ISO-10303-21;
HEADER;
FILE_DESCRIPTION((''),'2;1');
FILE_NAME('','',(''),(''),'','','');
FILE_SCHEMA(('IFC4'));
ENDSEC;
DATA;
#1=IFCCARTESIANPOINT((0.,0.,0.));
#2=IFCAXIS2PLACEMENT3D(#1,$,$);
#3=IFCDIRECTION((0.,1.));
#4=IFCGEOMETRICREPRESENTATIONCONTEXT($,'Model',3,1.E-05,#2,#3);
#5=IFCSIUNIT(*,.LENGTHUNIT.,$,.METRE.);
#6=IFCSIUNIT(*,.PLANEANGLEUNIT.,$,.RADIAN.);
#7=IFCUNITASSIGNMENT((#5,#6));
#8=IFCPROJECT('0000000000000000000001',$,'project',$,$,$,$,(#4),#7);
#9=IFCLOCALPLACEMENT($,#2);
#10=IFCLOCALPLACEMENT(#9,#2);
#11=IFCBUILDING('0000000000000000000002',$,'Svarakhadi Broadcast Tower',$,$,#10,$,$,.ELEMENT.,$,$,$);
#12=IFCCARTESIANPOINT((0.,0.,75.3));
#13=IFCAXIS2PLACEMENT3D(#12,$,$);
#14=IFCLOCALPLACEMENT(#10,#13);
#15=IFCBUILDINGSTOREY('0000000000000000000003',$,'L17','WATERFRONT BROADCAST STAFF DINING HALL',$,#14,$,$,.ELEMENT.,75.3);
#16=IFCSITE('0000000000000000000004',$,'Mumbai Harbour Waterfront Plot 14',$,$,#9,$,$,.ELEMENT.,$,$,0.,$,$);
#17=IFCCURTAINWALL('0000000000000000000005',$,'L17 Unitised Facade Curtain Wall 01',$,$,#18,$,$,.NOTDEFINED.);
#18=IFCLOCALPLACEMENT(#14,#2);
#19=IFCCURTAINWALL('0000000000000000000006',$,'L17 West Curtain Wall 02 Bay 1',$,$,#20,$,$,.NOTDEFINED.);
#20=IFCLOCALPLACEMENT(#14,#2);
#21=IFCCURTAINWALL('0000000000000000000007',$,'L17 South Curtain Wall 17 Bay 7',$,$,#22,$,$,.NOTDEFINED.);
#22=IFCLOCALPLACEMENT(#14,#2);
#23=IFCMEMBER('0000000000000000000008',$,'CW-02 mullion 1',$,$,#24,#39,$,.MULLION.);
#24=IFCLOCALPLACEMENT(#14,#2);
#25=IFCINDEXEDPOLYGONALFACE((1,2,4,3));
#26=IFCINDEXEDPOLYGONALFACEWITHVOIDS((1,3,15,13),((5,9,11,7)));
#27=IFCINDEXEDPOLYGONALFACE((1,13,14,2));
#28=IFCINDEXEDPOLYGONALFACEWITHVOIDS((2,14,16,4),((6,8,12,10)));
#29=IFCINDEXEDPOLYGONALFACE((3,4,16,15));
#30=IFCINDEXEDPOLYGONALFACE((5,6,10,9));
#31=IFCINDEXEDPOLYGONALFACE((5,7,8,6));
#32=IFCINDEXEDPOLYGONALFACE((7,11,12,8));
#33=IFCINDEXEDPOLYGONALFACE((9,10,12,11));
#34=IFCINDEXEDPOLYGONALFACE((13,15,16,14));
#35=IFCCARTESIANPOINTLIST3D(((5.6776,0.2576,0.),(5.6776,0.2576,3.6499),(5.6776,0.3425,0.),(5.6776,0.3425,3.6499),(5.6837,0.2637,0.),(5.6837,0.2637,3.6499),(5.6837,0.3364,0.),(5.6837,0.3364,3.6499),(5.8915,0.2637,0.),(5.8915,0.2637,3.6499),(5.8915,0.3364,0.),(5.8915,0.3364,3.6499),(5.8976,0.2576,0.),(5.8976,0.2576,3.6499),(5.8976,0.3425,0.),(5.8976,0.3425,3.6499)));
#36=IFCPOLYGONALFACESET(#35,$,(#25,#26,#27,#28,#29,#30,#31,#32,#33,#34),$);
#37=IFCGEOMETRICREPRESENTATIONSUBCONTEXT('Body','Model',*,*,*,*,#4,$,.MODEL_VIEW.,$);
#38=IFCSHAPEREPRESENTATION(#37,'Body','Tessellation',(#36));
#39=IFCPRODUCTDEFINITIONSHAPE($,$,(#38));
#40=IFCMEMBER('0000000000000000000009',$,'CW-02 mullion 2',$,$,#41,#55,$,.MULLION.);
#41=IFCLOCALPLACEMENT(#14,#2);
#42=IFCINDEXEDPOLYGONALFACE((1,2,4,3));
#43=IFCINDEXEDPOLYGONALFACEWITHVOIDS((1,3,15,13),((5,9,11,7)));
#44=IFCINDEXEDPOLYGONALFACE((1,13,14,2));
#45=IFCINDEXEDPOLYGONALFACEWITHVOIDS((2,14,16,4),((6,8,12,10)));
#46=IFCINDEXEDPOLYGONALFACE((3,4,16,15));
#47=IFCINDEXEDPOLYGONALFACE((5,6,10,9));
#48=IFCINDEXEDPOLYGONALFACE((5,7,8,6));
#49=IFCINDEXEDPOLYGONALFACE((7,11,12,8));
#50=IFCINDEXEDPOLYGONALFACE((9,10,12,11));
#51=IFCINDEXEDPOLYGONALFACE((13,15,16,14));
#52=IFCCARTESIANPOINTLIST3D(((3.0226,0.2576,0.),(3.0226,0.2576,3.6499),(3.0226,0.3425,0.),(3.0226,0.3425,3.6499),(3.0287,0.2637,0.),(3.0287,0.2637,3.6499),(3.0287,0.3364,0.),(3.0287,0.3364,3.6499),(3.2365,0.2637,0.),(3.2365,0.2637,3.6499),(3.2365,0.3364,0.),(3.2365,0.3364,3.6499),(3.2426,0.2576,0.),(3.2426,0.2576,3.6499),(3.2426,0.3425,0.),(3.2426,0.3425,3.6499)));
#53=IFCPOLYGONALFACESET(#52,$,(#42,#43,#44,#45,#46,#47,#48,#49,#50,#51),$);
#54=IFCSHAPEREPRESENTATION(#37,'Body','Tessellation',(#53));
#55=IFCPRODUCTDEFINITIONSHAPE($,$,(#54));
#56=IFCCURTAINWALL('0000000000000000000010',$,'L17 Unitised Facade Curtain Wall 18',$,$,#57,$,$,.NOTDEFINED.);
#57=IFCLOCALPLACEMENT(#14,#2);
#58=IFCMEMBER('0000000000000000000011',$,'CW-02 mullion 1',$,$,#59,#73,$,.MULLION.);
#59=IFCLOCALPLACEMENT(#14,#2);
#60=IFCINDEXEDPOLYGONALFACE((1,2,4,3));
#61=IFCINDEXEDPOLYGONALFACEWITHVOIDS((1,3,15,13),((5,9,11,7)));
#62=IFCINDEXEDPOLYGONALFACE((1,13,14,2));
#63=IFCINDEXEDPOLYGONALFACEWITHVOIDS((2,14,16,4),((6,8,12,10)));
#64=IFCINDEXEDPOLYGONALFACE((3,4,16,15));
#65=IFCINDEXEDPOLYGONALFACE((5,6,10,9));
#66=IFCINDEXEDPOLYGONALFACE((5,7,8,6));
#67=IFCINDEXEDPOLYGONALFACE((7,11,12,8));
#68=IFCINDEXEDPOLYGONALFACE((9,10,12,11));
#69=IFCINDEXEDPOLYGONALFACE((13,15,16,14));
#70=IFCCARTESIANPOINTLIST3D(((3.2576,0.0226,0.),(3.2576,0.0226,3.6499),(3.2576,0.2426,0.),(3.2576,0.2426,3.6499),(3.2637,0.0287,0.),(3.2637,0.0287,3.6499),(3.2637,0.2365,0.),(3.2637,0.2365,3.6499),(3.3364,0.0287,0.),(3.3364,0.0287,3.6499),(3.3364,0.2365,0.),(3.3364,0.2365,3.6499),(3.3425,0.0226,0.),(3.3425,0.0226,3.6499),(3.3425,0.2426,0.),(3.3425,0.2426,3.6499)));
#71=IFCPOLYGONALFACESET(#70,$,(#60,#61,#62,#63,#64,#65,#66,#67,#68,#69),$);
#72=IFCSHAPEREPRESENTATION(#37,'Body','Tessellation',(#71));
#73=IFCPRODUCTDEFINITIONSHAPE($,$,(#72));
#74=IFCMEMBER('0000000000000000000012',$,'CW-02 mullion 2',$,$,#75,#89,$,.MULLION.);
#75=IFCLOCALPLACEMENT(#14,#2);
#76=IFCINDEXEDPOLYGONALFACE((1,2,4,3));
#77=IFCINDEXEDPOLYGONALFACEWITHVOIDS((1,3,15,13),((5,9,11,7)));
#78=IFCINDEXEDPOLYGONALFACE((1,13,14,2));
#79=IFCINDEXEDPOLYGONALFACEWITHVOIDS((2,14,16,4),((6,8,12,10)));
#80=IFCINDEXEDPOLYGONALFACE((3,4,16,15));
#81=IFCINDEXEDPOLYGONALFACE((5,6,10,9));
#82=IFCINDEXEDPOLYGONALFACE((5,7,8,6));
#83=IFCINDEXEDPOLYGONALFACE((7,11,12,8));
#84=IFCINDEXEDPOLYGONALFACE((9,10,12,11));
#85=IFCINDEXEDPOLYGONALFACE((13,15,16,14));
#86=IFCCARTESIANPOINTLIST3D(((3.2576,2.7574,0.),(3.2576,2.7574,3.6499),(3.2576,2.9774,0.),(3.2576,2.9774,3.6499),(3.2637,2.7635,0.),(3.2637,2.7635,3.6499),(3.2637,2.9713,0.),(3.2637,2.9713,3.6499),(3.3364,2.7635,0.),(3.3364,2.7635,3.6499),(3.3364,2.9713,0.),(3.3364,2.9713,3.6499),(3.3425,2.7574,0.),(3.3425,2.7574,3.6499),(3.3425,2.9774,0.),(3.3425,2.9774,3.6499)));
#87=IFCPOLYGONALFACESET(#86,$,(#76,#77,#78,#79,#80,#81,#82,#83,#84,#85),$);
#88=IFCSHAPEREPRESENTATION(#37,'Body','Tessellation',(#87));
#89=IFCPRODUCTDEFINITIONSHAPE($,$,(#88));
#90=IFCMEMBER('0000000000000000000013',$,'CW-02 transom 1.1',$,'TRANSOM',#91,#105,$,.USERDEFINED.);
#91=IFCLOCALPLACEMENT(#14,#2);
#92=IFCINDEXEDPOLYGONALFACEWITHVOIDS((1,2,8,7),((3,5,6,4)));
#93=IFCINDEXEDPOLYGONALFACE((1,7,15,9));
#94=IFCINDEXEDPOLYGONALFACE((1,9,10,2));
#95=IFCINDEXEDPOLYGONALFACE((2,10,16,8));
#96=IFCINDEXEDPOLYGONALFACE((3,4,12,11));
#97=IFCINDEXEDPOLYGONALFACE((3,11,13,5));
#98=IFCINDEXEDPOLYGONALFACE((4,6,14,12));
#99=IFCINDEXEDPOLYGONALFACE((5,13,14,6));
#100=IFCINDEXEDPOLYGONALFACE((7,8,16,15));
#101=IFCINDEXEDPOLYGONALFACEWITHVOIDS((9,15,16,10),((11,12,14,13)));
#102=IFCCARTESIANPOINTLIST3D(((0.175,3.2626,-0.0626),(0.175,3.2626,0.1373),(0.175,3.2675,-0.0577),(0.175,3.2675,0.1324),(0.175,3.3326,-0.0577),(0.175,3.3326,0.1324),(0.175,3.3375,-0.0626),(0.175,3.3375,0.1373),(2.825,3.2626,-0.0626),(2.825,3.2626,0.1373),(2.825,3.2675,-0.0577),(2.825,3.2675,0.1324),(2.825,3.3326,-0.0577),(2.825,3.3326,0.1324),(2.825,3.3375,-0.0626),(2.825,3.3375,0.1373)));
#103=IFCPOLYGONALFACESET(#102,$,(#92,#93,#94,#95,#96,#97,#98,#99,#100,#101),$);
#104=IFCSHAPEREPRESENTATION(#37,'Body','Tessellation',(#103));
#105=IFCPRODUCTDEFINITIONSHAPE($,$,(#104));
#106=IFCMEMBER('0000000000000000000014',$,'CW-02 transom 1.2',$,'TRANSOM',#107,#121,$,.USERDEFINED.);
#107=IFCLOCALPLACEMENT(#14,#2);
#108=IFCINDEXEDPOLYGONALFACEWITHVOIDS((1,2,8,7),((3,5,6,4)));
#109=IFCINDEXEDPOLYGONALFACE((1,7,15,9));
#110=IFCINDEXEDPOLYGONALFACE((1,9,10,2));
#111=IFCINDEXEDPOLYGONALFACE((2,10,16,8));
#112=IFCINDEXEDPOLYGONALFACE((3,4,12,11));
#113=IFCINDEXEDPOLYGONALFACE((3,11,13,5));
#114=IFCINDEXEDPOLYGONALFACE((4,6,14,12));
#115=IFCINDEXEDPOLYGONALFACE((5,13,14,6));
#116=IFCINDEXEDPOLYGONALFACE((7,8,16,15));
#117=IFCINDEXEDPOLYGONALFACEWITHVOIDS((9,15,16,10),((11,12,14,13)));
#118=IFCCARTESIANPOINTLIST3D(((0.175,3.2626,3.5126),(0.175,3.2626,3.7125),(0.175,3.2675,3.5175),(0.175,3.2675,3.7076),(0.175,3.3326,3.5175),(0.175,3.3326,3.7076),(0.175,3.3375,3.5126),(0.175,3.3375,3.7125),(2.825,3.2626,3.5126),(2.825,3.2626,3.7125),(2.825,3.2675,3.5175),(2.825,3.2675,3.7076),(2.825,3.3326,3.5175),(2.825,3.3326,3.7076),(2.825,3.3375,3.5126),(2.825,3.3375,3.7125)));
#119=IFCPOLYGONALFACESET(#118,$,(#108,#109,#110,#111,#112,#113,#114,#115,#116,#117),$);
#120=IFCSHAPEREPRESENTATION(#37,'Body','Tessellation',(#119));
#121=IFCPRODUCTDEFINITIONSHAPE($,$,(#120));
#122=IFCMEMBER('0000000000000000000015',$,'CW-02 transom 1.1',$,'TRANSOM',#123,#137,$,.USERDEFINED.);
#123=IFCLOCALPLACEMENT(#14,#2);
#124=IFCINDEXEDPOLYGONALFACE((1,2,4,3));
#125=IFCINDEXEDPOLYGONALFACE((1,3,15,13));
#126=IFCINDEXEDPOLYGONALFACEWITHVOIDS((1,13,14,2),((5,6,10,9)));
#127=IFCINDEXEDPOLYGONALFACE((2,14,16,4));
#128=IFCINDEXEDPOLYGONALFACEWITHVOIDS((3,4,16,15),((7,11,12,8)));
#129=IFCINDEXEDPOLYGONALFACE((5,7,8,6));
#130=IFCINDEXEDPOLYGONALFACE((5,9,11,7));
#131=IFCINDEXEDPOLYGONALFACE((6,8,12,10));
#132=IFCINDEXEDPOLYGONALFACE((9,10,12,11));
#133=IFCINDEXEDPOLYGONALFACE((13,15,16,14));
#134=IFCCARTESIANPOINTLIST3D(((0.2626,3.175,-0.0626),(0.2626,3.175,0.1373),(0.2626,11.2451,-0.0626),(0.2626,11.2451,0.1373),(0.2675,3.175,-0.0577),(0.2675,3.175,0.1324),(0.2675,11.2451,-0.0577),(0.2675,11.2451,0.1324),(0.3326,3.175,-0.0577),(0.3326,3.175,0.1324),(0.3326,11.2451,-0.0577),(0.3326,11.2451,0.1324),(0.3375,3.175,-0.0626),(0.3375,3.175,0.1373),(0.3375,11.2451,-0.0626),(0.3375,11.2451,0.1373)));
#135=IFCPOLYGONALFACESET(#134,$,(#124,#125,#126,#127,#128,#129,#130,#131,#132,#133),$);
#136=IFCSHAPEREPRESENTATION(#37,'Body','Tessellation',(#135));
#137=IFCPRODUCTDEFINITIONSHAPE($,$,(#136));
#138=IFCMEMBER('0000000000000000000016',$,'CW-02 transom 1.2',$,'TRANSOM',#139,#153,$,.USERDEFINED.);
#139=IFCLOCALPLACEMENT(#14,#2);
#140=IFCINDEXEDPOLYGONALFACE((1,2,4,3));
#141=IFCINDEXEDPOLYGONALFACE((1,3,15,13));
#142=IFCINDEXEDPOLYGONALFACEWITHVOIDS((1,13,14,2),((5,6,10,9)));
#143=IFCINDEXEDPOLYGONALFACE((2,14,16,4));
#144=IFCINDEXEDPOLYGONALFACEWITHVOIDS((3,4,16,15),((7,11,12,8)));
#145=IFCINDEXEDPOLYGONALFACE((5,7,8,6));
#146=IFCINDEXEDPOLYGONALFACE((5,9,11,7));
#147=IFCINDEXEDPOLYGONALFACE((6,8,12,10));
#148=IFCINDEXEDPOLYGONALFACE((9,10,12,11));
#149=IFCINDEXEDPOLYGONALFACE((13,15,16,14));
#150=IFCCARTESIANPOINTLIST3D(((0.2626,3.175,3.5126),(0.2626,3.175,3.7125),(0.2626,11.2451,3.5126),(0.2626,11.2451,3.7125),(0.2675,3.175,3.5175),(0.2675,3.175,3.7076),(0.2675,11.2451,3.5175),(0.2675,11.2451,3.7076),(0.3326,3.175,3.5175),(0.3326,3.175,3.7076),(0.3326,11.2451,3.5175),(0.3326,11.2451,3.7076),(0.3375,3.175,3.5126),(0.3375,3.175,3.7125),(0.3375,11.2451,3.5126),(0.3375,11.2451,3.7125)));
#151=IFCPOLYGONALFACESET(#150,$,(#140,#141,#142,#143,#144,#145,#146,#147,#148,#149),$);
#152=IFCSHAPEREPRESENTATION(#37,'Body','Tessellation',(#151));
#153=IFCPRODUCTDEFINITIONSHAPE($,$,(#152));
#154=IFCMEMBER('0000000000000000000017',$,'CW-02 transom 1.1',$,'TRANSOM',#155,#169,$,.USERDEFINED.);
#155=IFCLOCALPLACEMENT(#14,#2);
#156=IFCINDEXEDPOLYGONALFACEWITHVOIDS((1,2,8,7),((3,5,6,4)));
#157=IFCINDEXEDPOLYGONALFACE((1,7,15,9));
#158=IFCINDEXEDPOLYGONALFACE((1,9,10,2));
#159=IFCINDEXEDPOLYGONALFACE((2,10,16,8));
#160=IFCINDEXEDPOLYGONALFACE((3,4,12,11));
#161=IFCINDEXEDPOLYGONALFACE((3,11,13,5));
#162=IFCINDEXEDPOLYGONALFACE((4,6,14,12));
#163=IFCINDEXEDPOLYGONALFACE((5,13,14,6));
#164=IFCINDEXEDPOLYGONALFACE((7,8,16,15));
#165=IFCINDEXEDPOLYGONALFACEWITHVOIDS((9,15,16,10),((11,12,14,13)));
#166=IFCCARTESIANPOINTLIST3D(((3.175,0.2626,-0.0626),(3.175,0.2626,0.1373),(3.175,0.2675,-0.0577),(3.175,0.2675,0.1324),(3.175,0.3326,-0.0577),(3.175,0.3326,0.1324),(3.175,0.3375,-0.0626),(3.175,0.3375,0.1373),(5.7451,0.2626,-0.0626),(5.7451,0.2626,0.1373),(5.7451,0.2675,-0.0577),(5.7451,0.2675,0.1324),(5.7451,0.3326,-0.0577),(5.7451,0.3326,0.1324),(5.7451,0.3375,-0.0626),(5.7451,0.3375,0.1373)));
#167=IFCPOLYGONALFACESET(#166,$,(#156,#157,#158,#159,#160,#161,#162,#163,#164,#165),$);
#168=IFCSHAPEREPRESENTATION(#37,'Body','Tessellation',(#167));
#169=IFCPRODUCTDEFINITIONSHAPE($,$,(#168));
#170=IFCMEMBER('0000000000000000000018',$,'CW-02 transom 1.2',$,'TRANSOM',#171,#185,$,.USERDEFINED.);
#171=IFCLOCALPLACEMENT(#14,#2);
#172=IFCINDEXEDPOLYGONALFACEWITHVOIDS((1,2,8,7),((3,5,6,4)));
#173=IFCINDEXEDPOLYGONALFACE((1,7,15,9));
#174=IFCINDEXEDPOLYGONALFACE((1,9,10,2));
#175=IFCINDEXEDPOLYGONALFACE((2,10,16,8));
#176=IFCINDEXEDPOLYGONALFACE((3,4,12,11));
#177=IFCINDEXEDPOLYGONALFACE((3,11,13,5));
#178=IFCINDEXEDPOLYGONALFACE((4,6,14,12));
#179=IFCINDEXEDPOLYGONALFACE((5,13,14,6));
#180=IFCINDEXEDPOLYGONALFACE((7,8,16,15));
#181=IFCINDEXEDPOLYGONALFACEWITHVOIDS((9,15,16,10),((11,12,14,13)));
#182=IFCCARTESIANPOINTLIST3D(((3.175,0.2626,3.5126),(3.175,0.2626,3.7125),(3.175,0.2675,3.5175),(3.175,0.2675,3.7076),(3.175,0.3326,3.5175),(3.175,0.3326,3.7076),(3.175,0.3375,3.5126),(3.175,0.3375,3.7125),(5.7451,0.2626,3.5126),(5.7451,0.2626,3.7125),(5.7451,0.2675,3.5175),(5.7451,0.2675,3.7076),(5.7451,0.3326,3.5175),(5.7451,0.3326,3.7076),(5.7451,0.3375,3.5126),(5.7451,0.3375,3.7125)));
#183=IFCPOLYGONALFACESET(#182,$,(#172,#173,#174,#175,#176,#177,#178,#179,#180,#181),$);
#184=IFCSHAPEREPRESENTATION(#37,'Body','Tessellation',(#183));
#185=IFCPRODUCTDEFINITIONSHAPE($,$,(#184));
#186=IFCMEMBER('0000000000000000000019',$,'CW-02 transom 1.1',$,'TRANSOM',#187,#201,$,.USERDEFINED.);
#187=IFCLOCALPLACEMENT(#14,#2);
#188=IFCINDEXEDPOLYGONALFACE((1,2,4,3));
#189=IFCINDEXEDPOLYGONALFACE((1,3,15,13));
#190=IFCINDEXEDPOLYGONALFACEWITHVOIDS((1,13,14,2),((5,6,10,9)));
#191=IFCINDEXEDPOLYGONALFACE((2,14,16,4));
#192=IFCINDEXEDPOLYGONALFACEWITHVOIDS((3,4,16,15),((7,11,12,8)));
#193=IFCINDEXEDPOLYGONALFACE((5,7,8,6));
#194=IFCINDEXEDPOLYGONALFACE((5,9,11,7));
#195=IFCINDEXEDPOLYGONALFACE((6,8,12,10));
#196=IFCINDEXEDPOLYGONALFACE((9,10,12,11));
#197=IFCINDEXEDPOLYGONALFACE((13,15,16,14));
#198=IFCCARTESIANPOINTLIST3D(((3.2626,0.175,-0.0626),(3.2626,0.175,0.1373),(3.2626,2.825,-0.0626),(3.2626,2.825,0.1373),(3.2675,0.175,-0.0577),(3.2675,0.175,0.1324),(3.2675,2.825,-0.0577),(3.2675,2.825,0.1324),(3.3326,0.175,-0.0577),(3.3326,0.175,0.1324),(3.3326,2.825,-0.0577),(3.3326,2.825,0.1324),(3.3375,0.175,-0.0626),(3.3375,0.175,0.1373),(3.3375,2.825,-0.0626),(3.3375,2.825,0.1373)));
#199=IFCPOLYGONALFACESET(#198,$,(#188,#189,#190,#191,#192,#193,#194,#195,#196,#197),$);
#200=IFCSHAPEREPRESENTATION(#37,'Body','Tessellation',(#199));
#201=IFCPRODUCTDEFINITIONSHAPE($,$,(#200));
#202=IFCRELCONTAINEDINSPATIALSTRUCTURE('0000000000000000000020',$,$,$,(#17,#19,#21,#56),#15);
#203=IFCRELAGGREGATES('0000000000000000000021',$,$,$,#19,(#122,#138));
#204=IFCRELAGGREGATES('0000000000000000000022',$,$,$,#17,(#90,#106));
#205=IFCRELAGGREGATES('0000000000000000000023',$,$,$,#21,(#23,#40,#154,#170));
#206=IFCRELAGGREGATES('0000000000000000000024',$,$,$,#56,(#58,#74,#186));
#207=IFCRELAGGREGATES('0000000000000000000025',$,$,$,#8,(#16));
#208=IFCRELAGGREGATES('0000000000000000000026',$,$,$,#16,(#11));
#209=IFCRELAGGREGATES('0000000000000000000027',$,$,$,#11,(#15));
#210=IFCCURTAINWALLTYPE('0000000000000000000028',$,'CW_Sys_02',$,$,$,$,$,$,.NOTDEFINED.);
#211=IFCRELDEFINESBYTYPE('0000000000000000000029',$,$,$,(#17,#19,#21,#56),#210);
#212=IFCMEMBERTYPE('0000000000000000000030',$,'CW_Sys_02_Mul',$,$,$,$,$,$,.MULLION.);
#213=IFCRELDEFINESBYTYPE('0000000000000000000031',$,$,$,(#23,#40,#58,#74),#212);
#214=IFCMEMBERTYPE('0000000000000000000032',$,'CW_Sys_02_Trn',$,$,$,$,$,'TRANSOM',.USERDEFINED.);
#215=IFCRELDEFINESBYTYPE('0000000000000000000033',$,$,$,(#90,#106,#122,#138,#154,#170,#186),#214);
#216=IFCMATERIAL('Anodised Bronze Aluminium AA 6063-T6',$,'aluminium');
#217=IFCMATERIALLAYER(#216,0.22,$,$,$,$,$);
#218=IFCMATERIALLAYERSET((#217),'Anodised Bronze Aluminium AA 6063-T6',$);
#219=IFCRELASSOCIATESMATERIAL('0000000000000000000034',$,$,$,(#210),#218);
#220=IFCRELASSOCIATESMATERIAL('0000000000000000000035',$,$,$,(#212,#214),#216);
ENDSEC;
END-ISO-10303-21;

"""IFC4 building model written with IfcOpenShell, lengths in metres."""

from ifc_helpers import new_model, si_unit, direction, frame, origin, origin_2d, place, context, subcontext, project, spatial, hollow_rectangle, extrude, material, layer, layer_set, material_profile, profile_set, type_object, element, aggregate, save


model = new_model("IFC4")

# Units and contexts
model_context = context("Model", 3, precision=1e-05, world=origin(), true_north=direction((0.0, 1.0)))
body_context = subcontext(model_context, "Body", "Model", "MODEL_VIEW")
ifc_project = project(units=[si_unit("LENGTHUNIT", "METRE"), si_unit("PLANEANGLEUNIT", "RADIAN")], contexts=[model_context])

# Site, building, storey
site_placement = place(None, origin())
site = spatial("IfcSite", under=ifc_project, at=site_placement, Name="Mumbai Harbour Waterfront Plot 14", CompositionType="ELEMENT", RefElevation=0.0)
building_placement = place(site_placement, origin())
building = spatial("IfcBuilding", under=site, at=building_placement, Name="Svarakhadi Broadcast Tower", CompositionType="ELEMENT")
storey_placement = place(building_placement, frame((0.0, 0.0, 75.3)))
storey = spatial("IfcBuildingStorey", under=building, at=storey_placement, Name="L17", Description="WATERFRONT BROADCAST STAFF DINING HALL", CompositionType="ELEMENT", Elevation=75.3)

# Curtain wall
ifc_material_1 = material(Name="Anodised Bronze Aluminium AA 6063-T6", Category="aluminium")
ifc_layer_1 = layer(ifc_material_1, 0.22)
ifc_layer_set_1 = layer_set([ifc_layer_1], Name="Anodised Bronze Aluminium AA 6063-T6")
curtain_wall_type = type_object("IfcCurtainWallType", Name="CW_Sys_02", PredefinedType="NOTDEFINED", material=ifc_layer_set_1)
curtain_wall_1_placement = place(storey_placement, origin())
curtain_wall_1 = element("IfcCurtainWall", 1, at=curtain_wall_1_placement, inside=storey, type_object=curtain_wall_type, Name="L17 Unitised Facade Curtain Wall 01", PredefinedType="NOTDEFINED")
ifc_material_profile_1 = material_profile(ifc_material_1, hollow_rectangle(XDim=0.085, YDim=0.22, WallThickness=0.0061, at=origin_2d()), Name="ALU MULLION 220x85x6")
ifc_profile_set_1 = profile_set([ifc_material_profile_1], Name="Anodised Bronze Aluminium AA 6063-T6")
member_type_1 = type_object("IfcMemberType", Name="CW_Sys_02_Mul", PredefinedType="MULLION", material=ifc_profile_set_1)

# Curtain wall
curtain_wall_2_placement = place(storey_placement, origin())
curtain_wall_2 = element("IfcCurtainWall", 2, at=curtain_wall_2_placement, inside=storey, type_object=curtain_wall_type, Name="L17 West Curtain Wall 02 Bay 1", PredefinedType="NOTDEFINED")

# Curtain walls, members
curtain_wall_3_placement = place(storey_placement, origin())
curtain_wall_3 = element("IfcCurtainWall", 3, at=curtain_wall_3_placement, inside=storey, type_object=curtain_wall_type, Name="L17 South Curtain Wall 17 Bay 7", PredefinedType="NOTDEFINED")
member_1_placement = place(storey_placement, frame((5.7876, 0.3, 0.0), z_axis=(0.0, 0.0, 1.0), x_axis=(0.0, -1.0, 0.0)))
member_1 = element("IfcMember", 4, at=member_1_placement, type_object=member_type_1, Name="CW-02 mullion 1", PredefinedType="MULLION", context=body_context, shape_type="SweptSolid", body=[
    extrude(hollow_rectangle(XDim=0.085, YDim=0.22, WallThickness=0.0061, at=origin_2d()), origin(), (0.0, 0.0, 1.0), 3.6499),
])
member_2_placement = place(storey_placement, frame((3.1326, 0.3, 0.0), z_axis=(0.0, 0.0, 1.0), x_axis=(0.0, -1.0, 0.0)))
member_2 = element("IfcMember", 5, at=member_2_placement, type_object=member_type_1, Name="CW-02 mullion 2", PredefinedType="MULLION", context=body_context, shape_type="SweptSolid", body=[
    extrude(hollow_rectangle(XDim=0.085, YDim=0.22, WallThickness=0.0061, at=origin_2d()), origin(), (0.0, 0.0, 1.0), 3.6499),
])
curtain_wall_4_placement = place(storey_placement, origin())
curtain_wall_4 = element("IfcCurtainWall", 6, at=curtain_wall_4_placement, inside=storey, type_object=curtain_wall_type, Name="L17 Unitised Facade Curtain Wall 18", PredefinedType="NOTDEFINED")
member_3_placement = place(storey_placement, frame((3.3, 0.1326, 0.0), z_axis=(0.0, 0.0, 1.0), x_axis=(-1.0, 0.0, 0.0)))
member_3 = element("IfcMember", 7, at=member_3_placement, type_object=member_type_1, Name="CW-02 mullion 1", PredefinedType="MULLION", context=body_context, shape_type="SweptSolid", body=[
    extrude(hollow_rectangle(XDim=0.085, YDim=0.22, WallThickness=0.0061, at=origin_2d()), origin(), (0.0, 0.0, 1.0), 3.6499),
])
member_4_placement = place(storey_placement, frame((3.3, 2.8674, 0.0), z_axis=(0.0, 0.0, 1.0), x_axis=(-1.0, 0.0, 0.0)))
member_4 = element("IfcMember", 8, at=member_4_placement, type_object=member_type_1, Name="CW-02 mullion 2", PredefinedType="MULLION", context=body_context, shape_type="SweptSolid", body=[
    extrude(hollow_rectangle(XDim=0.085, YDim=0.22, WallThickness=0.0061, at=origin_2d()), origin(), (0.0, 0.0, 1.0), 3.6499),
])

# Members
ifc_material_profile_2 = material_profile(ifc_material_1, hollow_rectangle(XDim=0.075, YDim=0.2, WallThickness=0.0049, at=origin_2d()), Name="ALU TRANSOM 200x75x5")
ifc_profile_set_2 = profile_set([ifc_material_profile_2], Name="Anodised Bronze Aluminium AA 6063-T6")
member_type_2 = type_object("IfcMemberType", Name="CW_Sys_02_Trn", ElementType="TRANSOM", PredefinedType="USERDEFINED", material=ifc_profile_set_2)
member_5_placement = place(storey_placement, frame((2.825, 3.3, 0.0374), z_axis=(-1.0, 0.0, 0.0), x_axis=(0.0, -1.0, 0.0)))
member_5 = element("IfcMember", 9, at=member_5_placement, type_object=member_type_2, Name="CW-02 transom 1.1", ObjectType="TRANSOM", PredefinedType="USERDEFINED", context=body_context, shape_type="SweptSolid", body=[
    extrude(hollow_rectangle(XDim=0.075, YDim=0.2, WallThickness=0.0049, at=origin_2d()), origin(), (0.0, 0.0, 1.0), 2.6499),
])
member_6_placement = place(storey_placement, frame((2.825, 3.3, 3.6125), z_axis=(-1.0, 0.0, 0.0), x_axis=(0.0, -1.0, 0.0)))
member_6 = element("IfcMember", 10, at=member_6_placement, type_object=member_type_2, Name="CW-02 transom 1.2", ObjectType="TRANSOM", PredefinedType="USERDEFINED", context=body_context, shape_type="SweptSolid", body=[
    extrude(hollow_rectangle(XDim=0.075, YDim=0.2, WallThickness=0.0049, at=origin_2d()), origin(), (0.0, 0.0, 1.0), 2.6499),
])
member_7_placement = place(storey_placement, frame((0.3, 3.175, 0.0374), z_axis=(0.0, 1.0, 0.0), x_axis=(-1.0, 0.0, 0.0)))
member_7 = element("IfcMember", 11, at=member_7_placement, type_object=member_type_2, Name="CW-02 transom 1.1", ObjectType="TRANSOM", PredefinedType="USERDEFINED", context=body_context, shape_type="SweptSolid", body=[
    extrude(hollow_rectangle(XDim=0.075, YDim=0.2, WallThickness=0.0049, at=origin_2d()), origin(), (0.0, 0.0, 1.0), 8.0701),
])
member_8_placement = place(storey_placement, frame((0.3, 3.175, 3.6125), z_axis=(0.0, 1.0, 0.0), x_axis=(-1.0, 0.0, 0.0)))
member_8 = element("IfcMember", 12, at=member_8_placement, type_object=member_type_2, Name="CW-02 transom 1.2", ObjectType="TRANSOM", PredefinedType="USERDEFINED", context=body_context, shape_type="SweptSolid", body=[
    extrude(hollow_rectangle(XDim=0.075, YDim=0.2, WallThickness=0.0049, at=origin_2d()), origin(), (0.0, 0.0, 1.0), 8.0701),
])
aggregate(curtain_wall_2, [member_7, member_8])
member_9_placement = place(storey_placement, frame((5.7451, 0.3, 0.0374), z_axis=(-1.0, 0.0, 0.0), x_axis=(0.0, -1.0, 0.0)))
member_9 = element("IfcMember", 13, at=member_9_placement, type_object=member_type_2, Name="CW-02 transom 1.1", ObjectType="TRANSOM", PredefinedType="USERDEFINED", context=body_context, shape_type="SweptSolid", body=[
    extrude(hollow_rectangle(XDim=0.075, YDim=0.2, WallThickness=0.0049, at=origin_2d()), origin(), (0.0, 0.0, 1.0), 2.5701),
])
member_10_placement = place(storey_placement, frame((5.7451, 0.3, 3.6125), z_axis=(-1.0, 0.0, 0.0), x_axis=(0.0, -1.0, 0.0)))
member_10 = element("IfcMember", 14, at=member_10_placement, type_object=member_type_2, Name="CW-02 transom 1.2", ObjectType="TRANSOM", PredefinedType="USERDEFINED", context=body_context, shape_type="SweptSolid", body=[
    extrude(hollow_rectangle(XDim=0.075, YDim=0.2, WallThickness=0.0049, at=origin_2d()), origin(), (0.0, 0.0, 1.0), 2.5701),
])
member_11_placement = place(storey_placement, frame((3.3, 0.175, 0.0374), z_axis=(0.0, 1.0, 0.0), x_axis=(-1.0, 0.0, 0.0)))
member_11 = element("IfcMember", 15, at=member_11_placement, type_object=member_type_2, Name="CW-02 transom 1.1", ObjectType="TRANSOM", PredefinedType="USERDEFINED", context=body_context, shape_type="SweptSolid", body=[
    extrude(hollow_rectangle(XDim=0.075, YDim=0.2, WallThickness=0.0049, at=origin_2d()), origin(), (0.0, 0.0, 1.0), 2.6499),
])

aggregate(curtain_wall_1, [member_5, member_6])
aggregate(curtain_wall_3, [member_1, member_2, member_9, member_10])
aggregate(curtain_wall_4, [member_3, member_4, member_11])

save(model, "model.ifc")
